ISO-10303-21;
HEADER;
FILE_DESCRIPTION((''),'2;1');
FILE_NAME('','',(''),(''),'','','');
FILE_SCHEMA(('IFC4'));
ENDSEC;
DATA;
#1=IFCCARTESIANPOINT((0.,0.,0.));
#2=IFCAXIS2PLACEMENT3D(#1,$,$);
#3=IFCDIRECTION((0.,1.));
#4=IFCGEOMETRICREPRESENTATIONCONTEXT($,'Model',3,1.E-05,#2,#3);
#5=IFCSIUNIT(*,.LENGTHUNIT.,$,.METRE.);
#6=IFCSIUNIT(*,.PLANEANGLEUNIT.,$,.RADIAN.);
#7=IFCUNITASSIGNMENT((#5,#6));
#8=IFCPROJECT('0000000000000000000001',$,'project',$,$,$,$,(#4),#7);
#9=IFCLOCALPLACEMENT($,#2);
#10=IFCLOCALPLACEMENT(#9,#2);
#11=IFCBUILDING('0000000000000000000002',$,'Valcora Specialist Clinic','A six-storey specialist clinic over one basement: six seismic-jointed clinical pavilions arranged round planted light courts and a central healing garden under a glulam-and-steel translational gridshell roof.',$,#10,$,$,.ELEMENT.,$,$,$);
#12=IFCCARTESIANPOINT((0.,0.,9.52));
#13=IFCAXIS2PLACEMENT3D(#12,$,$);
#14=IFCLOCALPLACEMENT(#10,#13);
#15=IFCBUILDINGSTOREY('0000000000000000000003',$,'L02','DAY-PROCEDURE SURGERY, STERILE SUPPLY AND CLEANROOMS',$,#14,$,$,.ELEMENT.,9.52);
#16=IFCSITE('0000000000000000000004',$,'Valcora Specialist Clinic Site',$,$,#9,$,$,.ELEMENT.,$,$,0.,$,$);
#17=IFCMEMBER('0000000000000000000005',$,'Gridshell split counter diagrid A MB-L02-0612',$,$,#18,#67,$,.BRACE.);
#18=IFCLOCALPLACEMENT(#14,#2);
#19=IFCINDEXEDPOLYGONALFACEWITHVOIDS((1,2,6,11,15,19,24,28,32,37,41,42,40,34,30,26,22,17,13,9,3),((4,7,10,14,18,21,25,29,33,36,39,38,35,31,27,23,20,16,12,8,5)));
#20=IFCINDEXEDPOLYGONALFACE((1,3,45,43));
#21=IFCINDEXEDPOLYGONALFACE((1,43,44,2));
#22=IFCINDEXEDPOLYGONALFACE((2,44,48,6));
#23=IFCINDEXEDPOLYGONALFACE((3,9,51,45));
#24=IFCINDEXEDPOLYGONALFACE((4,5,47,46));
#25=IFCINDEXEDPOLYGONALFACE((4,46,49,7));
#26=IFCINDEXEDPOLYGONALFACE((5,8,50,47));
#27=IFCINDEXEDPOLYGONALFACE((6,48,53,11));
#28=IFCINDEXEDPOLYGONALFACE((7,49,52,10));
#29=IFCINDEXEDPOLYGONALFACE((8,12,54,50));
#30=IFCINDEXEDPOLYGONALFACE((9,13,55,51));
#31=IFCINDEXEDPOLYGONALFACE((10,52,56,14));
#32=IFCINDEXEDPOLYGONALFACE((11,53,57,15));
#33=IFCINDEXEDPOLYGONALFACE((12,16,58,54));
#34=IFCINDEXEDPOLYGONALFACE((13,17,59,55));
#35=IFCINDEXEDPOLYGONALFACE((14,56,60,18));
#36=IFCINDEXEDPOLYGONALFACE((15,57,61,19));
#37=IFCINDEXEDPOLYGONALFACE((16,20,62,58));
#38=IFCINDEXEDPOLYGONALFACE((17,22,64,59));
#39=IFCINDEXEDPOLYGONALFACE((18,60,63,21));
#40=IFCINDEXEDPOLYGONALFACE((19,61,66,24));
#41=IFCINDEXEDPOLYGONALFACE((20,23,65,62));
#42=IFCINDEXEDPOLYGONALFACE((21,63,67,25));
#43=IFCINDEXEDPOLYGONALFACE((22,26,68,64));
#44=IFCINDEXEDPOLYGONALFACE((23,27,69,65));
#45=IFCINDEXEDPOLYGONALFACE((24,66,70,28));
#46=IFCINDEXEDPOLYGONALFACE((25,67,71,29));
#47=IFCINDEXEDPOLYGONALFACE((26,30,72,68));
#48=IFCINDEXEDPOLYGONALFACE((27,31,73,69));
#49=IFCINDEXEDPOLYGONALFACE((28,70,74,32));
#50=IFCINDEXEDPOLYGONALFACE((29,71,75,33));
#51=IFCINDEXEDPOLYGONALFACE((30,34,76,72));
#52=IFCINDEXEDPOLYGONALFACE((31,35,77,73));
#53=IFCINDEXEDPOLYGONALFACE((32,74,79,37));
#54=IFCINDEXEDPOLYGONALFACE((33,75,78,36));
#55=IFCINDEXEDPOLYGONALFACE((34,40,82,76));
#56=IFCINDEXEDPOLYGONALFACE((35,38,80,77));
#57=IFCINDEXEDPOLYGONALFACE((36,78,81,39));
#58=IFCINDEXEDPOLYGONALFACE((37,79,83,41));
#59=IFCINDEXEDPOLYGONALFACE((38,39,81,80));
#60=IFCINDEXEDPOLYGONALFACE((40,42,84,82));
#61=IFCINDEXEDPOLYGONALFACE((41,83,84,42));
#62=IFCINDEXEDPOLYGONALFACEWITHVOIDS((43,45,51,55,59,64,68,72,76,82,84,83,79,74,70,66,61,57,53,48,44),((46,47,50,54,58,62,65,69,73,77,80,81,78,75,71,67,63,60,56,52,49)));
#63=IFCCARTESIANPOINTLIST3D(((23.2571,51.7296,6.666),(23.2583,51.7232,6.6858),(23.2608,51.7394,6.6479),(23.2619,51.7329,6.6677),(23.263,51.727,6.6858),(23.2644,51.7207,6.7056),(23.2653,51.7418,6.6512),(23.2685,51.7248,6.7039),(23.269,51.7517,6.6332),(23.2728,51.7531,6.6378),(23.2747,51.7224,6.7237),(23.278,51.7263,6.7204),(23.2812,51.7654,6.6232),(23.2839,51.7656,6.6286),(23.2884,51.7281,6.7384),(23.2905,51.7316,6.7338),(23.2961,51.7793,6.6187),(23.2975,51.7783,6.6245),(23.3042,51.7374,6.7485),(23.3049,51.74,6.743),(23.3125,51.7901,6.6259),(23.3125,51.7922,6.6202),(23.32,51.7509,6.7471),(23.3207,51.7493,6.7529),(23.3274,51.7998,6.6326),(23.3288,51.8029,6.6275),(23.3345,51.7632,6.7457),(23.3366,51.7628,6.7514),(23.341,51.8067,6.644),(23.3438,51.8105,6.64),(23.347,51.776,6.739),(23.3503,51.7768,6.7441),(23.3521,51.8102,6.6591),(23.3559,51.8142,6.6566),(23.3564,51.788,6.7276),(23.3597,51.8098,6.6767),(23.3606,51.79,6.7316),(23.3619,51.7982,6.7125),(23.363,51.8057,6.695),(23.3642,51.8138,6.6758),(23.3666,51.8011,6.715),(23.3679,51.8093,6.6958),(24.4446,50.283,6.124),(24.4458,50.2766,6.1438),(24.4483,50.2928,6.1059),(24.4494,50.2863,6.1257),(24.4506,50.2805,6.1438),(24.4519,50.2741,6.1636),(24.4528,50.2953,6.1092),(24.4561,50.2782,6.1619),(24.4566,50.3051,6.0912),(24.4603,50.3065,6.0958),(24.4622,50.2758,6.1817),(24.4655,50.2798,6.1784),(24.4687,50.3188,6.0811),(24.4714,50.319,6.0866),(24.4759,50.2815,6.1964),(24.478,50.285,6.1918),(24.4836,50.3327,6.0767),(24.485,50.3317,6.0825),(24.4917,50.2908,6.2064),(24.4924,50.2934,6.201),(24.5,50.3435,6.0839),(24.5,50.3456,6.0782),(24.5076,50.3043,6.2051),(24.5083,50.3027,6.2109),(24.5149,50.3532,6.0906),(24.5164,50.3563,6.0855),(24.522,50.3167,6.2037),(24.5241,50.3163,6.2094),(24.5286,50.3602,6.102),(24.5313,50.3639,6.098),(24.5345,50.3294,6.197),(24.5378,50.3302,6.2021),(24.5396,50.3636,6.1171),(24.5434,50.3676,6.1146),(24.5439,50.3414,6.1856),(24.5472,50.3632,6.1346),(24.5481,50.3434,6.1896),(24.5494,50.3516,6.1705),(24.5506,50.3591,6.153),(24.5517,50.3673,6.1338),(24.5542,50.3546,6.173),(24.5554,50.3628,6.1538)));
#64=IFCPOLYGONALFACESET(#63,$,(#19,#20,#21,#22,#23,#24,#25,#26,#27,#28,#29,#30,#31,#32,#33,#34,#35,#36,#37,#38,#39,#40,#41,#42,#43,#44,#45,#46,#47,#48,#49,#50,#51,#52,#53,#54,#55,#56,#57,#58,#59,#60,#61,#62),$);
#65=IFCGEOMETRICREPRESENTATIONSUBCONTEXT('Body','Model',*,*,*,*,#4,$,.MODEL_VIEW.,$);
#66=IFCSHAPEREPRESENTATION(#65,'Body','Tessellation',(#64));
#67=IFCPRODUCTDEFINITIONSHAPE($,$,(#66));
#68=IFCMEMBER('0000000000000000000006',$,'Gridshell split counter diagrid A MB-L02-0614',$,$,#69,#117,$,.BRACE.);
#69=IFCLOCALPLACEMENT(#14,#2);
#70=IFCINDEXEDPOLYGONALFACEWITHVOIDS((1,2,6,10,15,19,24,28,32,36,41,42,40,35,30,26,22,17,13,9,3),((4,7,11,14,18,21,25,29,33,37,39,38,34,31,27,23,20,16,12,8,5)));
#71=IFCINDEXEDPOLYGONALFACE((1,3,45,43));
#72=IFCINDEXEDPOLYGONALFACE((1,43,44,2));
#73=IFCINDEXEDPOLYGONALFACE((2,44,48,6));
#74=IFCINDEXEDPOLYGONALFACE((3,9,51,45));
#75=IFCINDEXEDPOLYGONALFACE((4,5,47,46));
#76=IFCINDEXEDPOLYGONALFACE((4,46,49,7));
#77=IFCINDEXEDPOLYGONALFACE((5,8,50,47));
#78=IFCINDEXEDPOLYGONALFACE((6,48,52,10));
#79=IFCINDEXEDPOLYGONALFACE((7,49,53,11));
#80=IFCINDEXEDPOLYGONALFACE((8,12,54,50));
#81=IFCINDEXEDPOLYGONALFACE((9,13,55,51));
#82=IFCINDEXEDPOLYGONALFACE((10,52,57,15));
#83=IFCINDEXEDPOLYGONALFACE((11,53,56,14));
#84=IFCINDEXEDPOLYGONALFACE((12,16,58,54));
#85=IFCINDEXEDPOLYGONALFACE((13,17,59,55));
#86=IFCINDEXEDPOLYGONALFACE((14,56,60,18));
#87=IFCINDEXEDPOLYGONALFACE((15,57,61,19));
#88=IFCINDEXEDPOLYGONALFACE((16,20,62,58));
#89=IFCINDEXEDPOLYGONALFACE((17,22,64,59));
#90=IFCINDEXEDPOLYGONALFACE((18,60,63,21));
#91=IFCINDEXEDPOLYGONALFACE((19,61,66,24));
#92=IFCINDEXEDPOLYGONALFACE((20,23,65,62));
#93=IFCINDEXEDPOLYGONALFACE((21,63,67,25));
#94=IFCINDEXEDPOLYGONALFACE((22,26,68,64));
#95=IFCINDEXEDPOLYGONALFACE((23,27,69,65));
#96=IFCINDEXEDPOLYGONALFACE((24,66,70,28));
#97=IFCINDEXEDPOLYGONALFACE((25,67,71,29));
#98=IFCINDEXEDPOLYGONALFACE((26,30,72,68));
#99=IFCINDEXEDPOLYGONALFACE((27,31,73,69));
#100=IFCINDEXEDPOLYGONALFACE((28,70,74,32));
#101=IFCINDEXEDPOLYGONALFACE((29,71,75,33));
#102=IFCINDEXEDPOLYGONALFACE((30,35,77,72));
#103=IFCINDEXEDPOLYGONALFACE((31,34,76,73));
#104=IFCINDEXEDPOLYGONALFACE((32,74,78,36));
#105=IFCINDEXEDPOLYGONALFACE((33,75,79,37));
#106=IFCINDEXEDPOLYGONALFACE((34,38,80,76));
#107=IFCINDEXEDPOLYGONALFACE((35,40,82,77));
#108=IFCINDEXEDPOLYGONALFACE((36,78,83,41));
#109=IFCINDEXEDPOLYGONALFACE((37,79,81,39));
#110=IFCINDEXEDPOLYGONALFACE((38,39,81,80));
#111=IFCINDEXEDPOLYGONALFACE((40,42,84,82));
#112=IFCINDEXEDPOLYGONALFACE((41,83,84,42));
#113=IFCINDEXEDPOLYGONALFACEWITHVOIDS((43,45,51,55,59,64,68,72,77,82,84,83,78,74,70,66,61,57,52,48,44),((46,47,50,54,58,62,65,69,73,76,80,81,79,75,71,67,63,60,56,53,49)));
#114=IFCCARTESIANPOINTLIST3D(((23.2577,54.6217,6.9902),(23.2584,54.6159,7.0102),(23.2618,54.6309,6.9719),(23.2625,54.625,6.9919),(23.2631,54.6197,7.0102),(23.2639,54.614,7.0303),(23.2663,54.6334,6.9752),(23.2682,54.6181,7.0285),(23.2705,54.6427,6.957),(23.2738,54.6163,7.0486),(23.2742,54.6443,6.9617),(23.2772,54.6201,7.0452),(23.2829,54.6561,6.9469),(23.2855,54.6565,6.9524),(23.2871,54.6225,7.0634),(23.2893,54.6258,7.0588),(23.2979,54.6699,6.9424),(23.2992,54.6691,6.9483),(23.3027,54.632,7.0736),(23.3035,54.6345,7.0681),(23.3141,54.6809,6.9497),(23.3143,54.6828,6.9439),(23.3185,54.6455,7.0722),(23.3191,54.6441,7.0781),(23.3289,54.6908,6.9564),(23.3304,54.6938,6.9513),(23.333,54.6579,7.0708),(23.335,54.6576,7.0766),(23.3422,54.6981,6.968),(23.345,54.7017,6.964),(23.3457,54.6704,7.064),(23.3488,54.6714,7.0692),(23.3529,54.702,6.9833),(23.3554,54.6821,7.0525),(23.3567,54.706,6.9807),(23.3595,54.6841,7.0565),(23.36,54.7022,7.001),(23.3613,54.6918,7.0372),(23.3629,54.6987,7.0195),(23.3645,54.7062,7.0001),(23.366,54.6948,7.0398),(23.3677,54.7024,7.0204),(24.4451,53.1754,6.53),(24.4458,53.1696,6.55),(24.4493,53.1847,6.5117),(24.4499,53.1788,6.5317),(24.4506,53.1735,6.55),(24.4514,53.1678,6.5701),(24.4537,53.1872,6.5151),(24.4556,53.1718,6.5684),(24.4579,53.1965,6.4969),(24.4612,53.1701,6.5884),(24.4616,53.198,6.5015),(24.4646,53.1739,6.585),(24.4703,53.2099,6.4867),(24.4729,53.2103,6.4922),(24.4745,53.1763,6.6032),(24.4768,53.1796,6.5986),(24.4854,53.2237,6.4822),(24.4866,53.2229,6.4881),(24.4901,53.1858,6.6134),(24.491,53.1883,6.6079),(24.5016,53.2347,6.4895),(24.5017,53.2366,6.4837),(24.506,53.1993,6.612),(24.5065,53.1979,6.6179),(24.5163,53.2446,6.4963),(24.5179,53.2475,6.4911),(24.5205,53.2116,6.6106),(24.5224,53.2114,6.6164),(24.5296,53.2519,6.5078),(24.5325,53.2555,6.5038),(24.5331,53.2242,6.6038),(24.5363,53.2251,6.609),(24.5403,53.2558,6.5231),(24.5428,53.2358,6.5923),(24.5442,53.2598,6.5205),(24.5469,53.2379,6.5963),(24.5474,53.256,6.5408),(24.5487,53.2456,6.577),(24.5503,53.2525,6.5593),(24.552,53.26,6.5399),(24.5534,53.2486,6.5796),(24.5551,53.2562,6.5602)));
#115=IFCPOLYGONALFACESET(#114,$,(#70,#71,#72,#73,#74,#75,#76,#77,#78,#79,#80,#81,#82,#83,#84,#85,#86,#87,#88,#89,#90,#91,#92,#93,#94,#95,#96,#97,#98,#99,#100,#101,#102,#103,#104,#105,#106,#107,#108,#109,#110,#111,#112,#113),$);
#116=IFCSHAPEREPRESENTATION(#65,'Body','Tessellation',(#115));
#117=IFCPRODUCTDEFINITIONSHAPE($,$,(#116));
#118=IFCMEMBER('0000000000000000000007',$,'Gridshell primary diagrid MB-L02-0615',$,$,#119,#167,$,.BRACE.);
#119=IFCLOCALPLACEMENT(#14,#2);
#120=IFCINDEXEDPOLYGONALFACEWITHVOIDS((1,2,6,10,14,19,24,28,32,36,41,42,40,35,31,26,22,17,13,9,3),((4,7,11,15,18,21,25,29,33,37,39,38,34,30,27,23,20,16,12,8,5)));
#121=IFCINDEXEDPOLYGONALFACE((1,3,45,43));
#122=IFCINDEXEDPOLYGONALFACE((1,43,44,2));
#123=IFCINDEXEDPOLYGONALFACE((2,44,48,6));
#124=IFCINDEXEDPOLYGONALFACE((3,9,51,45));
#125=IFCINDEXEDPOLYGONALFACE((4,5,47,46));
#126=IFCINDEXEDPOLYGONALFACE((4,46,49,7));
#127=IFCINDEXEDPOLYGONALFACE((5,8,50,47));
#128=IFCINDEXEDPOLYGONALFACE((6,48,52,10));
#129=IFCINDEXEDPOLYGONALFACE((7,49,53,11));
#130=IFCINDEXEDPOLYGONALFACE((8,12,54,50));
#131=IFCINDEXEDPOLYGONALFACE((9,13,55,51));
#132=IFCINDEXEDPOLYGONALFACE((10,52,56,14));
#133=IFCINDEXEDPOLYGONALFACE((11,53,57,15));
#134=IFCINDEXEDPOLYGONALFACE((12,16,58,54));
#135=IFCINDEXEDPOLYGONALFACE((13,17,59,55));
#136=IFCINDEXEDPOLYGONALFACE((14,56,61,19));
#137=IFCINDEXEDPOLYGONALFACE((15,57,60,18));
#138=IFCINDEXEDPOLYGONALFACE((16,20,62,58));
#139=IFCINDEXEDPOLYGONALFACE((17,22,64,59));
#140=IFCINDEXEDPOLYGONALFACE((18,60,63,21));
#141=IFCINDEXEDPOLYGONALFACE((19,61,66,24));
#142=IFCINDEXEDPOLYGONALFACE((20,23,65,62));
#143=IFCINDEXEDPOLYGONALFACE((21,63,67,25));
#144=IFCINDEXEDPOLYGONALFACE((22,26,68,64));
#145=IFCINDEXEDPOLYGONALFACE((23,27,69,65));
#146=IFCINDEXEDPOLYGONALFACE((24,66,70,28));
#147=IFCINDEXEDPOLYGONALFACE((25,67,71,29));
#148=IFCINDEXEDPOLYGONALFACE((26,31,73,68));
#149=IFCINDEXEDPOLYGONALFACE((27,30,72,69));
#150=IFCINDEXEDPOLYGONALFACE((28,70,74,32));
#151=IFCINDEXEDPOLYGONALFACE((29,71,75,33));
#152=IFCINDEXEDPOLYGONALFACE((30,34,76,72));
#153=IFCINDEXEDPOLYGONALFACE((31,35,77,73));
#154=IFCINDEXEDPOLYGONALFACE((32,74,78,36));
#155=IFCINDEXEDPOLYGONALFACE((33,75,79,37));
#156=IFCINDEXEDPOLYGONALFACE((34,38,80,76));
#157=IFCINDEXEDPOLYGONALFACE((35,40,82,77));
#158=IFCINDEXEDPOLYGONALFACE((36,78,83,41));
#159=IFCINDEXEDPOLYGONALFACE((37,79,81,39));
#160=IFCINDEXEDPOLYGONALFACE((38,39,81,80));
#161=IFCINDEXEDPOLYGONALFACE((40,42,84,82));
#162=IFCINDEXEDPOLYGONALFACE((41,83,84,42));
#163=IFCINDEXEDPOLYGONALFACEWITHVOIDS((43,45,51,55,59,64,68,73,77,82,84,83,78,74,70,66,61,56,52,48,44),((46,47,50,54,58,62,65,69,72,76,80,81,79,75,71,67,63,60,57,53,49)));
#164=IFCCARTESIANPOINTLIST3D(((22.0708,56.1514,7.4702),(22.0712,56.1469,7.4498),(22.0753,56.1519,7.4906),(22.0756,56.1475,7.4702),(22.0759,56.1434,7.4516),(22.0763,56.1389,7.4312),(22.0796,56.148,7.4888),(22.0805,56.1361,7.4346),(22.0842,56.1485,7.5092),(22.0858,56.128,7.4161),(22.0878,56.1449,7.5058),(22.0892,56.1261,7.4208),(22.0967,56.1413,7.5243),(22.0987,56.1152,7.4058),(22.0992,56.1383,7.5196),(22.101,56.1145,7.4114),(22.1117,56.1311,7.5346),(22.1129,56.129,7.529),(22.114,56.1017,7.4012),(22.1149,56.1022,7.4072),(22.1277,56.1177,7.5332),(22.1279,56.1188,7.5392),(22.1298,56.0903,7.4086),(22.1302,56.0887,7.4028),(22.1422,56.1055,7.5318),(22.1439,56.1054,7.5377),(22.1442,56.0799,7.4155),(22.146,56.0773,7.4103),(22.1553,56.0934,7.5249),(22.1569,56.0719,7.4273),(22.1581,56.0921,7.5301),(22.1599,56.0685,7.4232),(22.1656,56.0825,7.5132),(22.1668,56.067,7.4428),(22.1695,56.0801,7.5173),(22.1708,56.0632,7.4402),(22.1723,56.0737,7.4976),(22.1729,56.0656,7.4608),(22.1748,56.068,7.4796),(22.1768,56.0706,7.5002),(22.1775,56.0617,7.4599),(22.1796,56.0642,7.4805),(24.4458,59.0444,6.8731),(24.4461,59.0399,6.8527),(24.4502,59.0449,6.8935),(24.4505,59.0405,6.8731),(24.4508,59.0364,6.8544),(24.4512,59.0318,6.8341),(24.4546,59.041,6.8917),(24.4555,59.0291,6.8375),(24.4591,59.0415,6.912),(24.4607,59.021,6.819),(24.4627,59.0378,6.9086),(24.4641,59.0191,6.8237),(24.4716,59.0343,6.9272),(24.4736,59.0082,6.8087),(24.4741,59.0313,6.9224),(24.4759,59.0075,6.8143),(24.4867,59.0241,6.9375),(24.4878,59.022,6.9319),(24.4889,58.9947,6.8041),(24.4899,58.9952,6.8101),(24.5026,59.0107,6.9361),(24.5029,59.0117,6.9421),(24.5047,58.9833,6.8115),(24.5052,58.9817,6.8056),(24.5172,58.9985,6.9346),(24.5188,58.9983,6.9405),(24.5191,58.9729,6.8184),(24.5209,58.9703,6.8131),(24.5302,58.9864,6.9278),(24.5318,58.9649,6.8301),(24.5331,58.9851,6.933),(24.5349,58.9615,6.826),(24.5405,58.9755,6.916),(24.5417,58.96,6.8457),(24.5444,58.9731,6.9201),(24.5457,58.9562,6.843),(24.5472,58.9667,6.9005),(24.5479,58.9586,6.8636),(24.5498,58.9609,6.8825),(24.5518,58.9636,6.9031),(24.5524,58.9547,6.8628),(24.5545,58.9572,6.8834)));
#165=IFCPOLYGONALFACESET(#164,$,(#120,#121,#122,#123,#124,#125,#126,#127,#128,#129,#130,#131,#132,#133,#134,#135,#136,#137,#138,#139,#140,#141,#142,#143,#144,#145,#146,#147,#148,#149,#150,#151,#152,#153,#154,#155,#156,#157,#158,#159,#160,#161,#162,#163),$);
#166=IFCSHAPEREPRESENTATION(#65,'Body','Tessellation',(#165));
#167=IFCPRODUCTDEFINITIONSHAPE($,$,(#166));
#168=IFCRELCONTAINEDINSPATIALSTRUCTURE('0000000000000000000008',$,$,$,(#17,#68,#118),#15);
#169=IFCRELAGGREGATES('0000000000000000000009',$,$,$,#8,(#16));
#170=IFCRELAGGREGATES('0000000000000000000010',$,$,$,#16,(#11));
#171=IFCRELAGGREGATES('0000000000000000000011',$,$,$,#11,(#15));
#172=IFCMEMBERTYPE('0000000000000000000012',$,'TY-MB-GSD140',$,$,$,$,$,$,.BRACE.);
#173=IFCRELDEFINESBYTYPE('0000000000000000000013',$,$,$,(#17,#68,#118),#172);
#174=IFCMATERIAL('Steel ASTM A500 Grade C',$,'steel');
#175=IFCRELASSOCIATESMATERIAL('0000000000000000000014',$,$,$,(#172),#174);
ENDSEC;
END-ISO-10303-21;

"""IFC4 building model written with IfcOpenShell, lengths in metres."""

from ifc_helpers import new_model, si_unit, direction, frame, origin, origin_2d, place, context, subcontext, project, spatial, hollow_circle, extrude, material, material_profile, profile_set, type_object, element, save


model = new_model("IFC4")

# Units and contexts
model_context = context("Model", 3, precision=1e-05, world=origin(), true_north=direction((0.0, 1.0)))
body_context = subcontext(model_context, "Body", "Model", "MODEL_VIEW")
ifc_project = project(units=[si_unit("LENGTHUNIT", "METRE"), si_unit("PLANEANGLEUNIT", "RADIAN")], contexts=[model_context])

# Site, building, storey
site_placement = place(None, origin())
site = spatial("IfcSite", under=ifc_project, at=site_placement, Name="Valcora Specialist Clinic Site", CompositionType="ELEMENT", RefElevation=0.0)
building_placement = place(site_placement, origin())
building = spatial("IfcBuilding", under=site, at=building_placement, Name="Valcora Specialist Clinic", Description="A six-storey specialist clinic over one basement: six seismic-jointed clinical pavilions arranged round planted light courts and a central healing garden under a glulam-and-steel translational gridshell roof.", CompositionType="ELEMENT")
storey_placement = place(building_placement, frame((0.0, 0.0, 9.52)))
storey = spatial("IfcBuildingStorey", under=building, at=storey_placement, Name="L02", Description="DAY-PROCEDURE SURGERY, STERILE SUPPLY AND CLEANROOMS", CompositionType="ELEMENT", Elevation=9.52)

# Members
ifc_material_1 = material(Name="Steel ASTM A500 Grade C", Category="steel")
ifc_material_profile_1 = material_profile(ifc_material_1, hollow_circle(Radius=0.0701, WallThickness=0.0061, at=origin_2d()), Name="ST-CHS-140X6")
ifc_profile_set_1 = profile_set([ifc_material_profile_1], Name="Steel ASTM A500 Grade C")
member_type_1 = type_object("IfcMemberType", Name="TY-MB-GSD140", PredefinedType="BRACE", material=ifc_profile_set_1)
member_1_placement = place(storey_placement, frame((24.5, 50.321, 6.1438), z_axis=(-0.609466, 0.742411, 0.278169), x_axis=(-0.772916, -0.634508, 0.0)))
element("IfcMember", 1, at=member_1_placement, inside=storey, type_object=member_type_1, Name="Gridshell split counter diagrid A MB-L02-0612", PredefinedType="BRACE", context=body_context, shape_type="SweptSolid", body=[
    extrude(hollow_circle(Radius=0.0701, WallThickness=0.0061, at=origin_2d()), origin(), (0.0, 0.0, 1.0), 1.9485),
])
member_2_placement = place(storey_placement, frame((24.5, 53.2141, 6.55), z_axis=(-0.616212, 0.750502, 0.238808), x_axis=(-0.772863, -0.634572, 0.0)))
element("IfcMember", 2, at=member_2_placement, inside=storey, type_object=member_type_1, Name="Gridshell split counter diagrid A MB-L02-0614", PredefinedType="BRACE", context=body_context, shape_type="SweptSolid", body=[
    extrude(hollow_circle(Radius=0.0701, WallThickness=0.0061, at=origin_2d()), origin(), (0.0, 0.0, 1.0), 1.927),
])
member_3_placement = place(storey_placement, frame((22.125, 56.1069, 7.4702), z_axis=(0.626584, 0.763263, -0.157548), x_axis=(-0.772916, 0.634508, 0.0)))
element("IfcMember", 3, at=member_3_placement, inside=storey, type_object=member_type_1, Name="Gridshell primary diagrid MB-L02-0615", PredefinedType="BRACE", context=body_context, shape_type="SweptSolid", body=[
    extrude(hollow_circle(Radius=0.0701, WallThickness=0.0061, at=origin_2d()), origin(), (0.0, 0.0, 1.0), 3.7903),
])

save(model, "model.ifc")
